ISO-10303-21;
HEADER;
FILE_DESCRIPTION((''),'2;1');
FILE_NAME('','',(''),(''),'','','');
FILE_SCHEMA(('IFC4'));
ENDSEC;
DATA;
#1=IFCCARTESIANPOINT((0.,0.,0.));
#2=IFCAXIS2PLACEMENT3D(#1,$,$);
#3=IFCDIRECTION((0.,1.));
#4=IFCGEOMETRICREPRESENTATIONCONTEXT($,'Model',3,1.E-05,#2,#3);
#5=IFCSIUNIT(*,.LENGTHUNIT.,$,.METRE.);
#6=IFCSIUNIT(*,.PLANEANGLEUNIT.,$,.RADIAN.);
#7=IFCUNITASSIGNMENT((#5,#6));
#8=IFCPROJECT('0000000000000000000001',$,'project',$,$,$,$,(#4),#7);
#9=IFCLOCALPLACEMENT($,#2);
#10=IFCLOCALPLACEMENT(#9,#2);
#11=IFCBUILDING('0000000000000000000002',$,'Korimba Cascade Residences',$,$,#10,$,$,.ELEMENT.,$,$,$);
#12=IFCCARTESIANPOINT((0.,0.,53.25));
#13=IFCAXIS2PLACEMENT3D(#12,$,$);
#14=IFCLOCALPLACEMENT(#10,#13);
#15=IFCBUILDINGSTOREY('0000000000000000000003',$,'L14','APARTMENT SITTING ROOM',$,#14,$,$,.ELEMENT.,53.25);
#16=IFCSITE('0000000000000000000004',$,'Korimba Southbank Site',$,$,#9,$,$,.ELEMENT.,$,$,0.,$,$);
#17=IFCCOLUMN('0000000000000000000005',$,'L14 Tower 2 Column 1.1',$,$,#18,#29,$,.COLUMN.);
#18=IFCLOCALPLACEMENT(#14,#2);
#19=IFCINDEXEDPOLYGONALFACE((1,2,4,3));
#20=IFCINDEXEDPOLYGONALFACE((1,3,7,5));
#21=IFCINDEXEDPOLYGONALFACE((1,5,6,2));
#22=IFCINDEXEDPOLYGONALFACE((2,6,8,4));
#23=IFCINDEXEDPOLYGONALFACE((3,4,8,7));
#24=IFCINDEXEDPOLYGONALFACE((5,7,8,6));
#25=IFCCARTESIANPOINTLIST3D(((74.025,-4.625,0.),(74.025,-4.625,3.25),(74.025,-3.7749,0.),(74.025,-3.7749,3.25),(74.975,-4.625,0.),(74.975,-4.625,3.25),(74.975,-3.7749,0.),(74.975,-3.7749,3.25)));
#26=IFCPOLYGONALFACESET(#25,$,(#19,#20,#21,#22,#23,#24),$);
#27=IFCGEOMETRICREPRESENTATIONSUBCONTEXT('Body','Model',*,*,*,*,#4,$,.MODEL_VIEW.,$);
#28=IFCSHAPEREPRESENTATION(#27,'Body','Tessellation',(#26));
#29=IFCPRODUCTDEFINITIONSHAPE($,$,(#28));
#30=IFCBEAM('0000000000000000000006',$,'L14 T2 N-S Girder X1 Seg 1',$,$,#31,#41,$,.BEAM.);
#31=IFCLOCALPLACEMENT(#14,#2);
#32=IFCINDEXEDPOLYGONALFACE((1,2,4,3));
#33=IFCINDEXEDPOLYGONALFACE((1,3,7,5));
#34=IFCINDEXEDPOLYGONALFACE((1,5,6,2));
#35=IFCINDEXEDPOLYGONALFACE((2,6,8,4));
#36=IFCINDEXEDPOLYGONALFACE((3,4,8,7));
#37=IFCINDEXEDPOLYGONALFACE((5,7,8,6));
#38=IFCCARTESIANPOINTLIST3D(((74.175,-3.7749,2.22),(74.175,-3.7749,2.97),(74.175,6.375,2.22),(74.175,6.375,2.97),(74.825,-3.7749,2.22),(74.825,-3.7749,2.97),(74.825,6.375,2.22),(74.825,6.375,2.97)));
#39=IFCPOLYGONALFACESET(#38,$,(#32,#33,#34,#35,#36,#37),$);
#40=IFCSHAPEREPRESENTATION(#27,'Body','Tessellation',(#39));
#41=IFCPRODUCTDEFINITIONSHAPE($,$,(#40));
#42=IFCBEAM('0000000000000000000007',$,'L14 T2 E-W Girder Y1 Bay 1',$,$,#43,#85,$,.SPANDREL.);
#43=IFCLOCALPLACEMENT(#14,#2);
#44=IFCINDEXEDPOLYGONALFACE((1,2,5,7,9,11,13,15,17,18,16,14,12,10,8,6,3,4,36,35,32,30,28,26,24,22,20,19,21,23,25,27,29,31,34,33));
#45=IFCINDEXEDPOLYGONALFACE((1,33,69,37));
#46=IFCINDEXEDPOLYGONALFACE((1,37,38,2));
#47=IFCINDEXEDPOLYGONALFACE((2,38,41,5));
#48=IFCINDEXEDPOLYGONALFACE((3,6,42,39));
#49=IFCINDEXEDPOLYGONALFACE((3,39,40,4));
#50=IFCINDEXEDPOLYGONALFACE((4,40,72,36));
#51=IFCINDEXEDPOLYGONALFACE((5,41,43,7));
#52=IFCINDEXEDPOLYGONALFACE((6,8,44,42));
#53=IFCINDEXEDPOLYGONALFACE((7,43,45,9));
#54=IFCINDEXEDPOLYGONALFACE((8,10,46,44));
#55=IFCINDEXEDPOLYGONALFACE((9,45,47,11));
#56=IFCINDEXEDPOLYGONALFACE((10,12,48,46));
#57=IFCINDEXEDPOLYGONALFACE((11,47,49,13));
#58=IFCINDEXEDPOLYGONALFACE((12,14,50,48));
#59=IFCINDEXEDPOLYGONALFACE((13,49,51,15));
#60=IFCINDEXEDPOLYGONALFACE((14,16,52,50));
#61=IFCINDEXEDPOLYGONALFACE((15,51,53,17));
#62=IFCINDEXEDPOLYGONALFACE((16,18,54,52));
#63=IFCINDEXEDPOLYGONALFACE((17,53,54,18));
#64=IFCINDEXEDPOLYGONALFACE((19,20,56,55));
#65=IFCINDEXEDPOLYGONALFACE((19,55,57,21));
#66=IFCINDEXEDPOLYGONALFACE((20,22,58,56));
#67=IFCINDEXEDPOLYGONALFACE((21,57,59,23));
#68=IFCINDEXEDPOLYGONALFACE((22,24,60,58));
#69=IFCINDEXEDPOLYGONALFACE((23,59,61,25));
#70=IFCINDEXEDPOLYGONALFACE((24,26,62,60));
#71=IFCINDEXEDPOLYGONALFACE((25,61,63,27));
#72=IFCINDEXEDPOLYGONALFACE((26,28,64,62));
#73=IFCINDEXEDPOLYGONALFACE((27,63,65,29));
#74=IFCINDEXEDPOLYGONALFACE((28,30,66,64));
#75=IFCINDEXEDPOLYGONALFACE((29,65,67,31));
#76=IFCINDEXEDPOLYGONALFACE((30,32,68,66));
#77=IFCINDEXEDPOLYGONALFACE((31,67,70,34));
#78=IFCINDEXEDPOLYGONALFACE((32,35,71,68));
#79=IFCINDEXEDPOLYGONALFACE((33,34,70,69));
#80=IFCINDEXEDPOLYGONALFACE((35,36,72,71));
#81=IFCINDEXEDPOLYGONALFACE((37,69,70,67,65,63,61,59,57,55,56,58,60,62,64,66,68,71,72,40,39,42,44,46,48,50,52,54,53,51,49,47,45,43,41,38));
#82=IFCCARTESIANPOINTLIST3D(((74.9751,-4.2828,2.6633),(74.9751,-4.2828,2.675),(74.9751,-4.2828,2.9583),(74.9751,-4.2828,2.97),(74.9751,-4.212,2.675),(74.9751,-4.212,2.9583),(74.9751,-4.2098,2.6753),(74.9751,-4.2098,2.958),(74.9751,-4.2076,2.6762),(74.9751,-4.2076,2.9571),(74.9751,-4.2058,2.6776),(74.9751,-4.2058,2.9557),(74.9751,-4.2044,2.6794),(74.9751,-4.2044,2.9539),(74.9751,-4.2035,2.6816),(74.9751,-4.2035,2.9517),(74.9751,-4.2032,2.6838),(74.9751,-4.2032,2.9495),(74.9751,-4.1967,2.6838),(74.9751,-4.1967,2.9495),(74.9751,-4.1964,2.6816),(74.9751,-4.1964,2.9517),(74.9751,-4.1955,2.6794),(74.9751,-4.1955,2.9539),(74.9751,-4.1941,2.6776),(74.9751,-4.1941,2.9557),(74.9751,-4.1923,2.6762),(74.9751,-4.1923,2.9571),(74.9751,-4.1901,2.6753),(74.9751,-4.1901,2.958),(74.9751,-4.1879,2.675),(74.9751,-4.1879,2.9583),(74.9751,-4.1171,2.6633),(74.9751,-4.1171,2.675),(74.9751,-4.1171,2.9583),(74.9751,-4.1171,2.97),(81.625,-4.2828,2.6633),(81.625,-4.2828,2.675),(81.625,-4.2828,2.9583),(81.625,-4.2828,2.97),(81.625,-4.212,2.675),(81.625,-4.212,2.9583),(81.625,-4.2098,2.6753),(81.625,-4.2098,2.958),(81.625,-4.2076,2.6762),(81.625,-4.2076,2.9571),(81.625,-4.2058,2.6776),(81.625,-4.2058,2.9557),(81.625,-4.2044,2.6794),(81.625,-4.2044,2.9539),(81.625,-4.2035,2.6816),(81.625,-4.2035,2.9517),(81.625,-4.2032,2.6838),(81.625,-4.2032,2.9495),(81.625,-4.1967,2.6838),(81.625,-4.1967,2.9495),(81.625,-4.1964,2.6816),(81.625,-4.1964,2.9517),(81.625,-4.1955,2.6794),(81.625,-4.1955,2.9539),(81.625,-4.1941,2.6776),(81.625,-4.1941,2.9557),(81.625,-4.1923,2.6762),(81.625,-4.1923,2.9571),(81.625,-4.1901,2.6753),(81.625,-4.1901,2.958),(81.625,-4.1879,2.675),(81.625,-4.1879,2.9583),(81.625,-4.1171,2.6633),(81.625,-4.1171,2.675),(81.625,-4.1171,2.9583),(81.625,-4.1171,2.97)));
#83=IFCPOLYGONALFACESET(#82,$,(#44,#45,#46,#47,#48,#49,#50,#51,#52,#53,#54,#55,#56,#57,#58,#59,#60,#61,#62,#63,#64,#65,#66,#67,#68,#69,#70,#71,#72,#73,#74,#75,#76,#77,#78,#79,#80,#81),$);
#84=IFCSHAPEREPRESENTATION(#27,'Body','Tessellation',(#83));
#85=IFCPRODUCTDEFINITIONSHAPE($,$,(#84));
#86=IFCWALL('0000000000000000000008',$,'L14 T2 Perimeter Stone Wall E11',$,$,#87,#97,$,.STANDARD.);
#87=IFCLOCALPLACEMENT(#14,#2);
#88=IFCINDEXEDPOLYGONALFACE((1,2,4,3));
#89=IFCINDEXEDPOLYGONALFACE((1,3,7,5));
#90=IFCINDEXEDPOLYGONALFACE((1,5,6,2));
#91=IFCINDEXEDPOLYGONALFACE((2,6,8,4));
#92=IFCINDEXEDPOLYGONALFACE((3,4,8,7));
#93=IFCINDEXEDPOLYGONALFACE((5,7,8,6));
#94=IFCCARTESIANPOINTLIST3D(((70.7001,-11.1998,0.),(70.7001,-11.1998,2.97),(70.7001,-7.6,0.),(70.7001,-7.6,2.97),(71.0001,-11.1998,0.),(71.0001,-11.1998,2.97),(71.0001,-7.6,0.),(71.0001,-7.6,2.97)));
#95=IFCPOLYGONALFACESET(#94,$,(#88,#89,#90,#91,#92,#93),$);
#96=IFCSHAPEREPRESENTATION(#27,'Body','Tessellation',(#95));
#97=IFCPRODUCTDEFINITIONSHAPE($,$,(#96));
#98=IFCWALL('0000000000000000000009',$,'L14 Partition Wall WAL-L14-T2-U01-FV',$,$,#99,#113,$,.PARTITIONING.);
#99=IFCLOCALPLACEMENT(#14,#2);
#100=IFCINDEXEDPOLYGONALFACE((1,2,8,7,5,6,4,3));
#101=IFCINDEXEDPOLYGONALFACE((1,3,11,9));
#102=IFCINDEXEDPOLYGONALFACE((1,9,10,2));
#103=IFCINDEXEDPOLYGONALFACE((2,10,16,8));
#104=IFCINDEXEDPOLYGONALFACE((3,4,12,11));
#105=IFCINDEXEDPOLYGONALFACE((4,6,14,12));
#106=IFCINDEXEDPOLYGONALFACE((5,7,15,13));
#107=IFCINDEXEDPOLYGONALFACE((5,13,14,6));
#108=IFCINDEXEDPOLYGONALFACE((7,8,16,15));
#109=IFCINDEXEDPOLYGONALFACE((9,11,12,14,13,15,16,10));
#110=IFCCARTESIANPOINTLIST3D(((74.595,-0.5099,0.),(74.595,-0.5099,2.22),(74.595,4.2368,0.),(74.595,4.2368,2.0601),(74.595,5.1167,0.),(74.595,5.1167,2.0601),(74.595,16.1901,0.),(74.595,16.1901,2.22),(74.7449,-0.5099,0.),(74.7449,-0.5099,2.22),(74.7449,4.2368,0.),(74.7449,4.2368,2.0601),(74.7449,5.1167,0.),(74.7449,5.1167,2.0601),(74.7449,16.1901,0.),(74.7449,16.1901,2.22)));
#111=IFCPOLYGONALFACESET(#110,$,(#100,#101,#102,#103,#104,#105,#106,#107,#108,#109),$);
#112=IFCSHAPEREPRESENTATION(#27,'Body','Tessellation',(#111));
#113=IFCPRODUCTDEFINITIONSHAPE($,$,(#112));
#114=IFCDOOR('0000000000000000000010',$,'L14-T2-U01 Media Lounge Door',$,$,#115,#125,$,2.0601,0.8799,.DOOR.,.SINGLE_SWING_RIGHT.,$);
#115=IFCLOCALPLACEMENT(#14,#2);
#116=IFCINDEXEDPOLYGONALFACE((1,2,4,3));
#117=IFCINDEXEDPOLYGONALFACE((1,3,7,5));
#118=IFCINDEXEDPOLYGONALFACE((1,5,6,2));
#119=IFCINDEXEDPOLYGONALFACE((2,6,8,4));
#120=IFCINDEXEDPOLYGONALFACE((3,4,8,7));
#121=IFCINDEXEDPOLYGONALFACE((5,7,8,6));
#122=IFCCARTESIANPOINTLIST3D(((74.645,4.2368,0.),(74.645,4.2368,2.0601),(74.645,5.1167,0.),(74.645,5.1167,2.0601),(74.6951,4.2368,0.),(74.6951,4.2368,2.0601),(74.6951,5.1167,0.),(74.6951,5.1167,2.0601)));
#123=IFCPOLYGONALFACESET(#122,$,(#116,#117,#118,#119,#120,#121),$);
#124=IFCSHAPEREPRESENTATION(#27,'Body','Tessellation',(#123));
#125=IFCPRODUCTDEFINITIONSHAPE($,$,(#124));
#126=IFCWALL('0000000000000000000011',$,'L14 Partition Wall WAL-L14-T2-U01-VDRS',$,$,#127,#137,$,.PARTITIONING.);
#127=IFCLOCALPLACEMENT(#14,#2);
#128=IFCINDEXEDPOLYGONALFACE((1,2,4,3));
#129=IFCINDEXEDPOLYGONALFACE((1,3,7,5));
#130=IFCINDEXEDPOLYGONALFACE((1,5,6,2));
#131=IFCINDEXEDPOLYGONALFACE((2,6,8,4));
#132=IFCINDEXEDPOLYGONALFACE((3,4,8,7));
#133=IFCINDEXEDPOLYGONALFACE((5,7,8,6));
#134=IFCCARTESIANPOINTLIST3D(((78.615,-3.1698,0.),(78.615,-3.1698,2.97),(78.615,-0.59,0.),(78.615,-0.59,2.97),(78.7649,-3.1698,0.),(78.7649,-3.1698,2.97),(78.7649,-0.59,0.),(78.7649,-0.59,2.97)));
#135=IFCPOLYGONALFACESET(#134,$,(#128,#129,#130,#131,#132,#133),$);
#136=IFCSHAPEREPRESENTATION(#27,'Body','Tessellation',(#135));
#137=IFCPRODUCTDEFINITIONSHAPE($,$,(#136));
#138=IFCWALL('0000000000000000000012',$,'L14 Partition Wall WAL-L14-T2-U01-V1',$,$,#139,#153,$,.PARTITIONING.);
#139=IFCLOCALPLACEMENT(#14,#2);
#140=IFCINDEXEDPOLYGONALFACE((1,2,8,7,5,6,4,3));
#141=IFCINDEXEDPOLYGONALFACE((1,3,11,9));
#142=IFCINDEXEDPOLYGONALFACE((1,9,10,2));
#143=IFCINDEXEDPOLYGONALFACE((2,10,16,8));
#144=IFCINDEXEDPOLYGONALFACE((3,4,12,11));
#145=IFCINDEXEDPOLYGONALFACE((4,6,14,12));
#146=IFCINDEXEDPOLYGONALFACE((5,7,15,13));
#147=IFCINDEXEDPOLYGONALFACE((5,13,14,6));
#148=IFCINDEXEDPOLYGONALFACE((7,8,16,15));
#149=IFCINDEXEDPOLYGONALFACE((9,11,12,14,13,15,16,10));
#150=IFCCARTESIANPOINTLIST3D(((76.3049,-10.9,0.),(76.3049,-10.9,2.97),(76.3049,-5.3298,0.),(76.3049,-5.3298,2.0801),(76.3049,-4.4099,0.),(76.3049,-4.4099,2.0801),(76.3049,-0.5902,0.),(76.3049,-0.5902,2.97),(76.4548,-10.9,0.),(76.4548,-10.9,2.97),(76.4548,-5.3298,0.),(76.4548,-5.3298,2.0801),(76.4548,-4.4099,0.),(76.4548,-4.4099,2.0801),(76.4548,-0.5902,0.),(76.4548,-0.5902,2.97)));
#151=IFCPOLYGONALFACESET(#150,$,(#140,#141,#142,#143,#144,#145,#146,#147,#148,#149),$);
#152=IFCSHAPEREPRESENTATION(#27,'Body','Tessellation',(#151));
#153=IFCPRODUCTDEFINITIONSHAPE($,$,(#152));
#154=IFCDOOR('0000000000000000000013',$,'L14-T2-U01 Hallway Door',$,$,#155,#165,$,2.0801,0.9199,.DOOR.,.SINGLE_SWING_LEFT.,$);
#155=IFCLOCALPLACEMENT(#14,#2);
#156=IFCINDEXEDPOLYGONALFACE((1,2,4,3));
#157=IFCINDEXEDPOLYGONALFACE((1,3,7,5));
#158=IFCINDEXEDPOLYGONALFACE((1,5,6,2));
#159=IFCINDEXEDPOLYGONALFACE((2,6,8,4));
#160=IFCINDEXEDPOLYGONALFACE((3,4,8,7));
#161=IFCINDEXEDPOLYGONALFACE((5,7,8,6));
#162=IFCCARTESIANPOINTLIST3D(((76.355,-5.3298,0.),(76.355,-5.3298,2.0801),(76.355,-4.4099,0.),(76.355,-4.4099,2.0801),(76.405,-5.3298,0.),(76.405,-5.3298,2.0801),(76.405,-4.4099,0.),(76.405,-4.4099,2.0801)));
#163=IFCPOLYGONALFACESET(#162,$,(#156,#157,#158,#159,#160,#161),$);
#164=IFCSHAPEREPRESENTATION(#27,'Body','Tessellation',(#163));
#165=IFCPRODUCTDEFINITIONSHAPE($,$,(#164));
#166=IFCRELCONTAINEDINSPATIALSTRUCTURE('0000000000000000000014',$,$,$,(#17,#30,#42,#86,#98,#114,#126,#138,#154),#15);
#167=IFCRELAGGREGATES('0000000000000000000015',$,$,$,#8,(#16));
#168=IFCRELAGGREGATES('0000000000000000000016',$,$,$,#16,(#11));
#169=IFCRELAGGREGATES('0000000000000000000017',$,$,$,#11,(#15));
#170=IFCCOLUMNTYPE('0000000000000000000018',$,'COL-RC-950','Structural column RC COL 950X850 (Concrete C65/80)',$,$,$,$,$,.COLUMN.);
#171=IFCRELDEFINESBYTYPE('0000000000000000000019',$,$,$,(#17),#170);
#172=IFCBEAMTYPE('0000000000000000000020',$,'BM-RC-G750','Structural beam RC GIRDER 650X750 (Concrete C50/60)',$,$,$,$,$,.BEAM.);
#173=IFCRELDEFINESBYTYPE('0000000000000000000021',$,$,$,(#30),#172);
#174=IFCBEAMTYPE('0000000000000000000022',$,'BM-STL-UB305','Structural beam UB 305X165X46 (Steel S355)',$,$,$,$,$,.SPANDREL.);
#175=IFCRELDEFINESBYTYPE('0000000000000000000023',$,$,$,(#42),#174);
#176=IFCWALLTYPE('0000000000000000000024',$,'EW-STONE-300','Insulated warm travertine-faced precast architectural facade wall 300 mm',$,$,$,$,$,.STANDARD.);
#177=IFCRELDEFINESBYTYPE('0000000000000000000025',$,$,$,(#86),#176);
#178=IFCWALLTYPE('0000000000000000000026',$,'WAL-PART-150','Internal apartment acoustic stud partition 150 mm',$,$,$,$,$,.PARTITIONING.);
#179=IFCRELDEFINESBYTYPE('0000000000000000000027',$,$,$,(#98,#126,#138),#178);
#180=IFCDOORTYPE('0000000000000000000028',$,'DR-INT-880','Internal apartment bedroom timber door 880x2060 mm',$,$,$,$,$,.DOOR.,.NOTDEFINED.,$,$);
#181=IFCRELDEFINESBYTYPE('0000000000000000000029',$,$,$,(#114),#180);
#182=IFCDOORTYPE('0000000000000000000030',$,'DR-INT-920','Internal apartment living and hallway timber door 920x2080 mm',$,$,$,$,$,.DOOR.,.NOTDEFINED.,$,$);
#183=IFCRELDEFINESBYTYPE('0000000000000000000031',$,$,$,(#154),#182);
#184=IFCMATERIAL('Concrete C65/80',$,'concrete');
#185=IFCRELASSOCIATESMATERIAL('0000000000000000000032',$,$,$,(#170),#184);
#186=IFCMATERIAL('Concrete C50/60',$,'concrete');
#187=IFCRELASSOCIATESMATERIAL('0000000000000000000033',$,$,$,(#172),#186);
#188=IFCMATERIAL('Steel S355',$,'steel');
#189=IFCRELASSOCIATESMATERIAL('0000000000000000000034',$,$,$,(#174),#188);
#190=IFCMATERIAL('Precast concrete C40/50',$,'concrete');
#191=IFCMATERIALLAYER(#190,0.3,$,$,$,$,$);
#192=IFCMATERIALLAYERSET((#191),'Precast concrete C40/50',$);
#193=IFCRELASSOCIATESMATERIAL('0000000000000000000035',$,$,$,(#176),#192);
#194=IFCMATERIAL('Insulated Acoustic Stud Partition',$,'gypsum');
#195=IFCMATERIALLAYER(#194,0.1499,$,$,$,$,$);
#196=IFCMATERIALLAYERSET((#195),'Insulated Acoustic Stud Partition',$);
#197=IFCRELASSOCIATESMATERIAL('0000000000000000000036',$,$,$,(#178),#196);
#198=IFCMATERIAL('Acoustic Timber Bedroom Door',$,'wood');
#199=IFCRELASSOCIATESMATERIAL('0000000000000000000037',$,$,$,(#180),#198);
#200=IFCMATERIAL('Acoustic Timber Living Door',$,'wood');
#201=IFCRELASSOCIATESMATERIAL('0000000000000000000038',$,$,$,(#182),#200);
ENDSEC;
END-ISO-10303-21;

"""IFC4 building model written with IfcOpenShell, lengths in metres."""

from ifc_helpers import new_model, si_unit, direction, frame, frame_2d, origin, origin_2d, place, context, subcontext, project, spatial, rectangle, i_section, extrude, material, layer, layer_set, material_profile, profile_set, type_object, element, fill, save


model = new_model("IFC4")

# Units and contexts
model_context = context("Model", 3, precision=1e-05, world=origin(), true_north=direction((0.0, 1.0)))
body_context = subcontext(model_context, "Body", "Model", "MODEL_VIEW")
ifc_project = project(units=[si_unit("LENGTHUNIT", "METRE"), si_unit("PLANEANGLEUNIT", "RADIAN")], contexts=[model_context])

# Site, building, storey
site_placement = place(None, origin())
site = spatial("IfcSite", under=ifc_project, at=site_placement, Name="Korimba Southbank Site", CompositionType="ELEMENT", RefElevation=0.0)
building_placement = place(site_placement, origin())
building = spatial("IfcBuilding", under=site, at=building_placement, Name="Korimba Cascade Residences", CompositionType="ELEMENT")
storey_placement = place(building_placement, frame((0.0, 0.0, 53.25)))
storey = spatial("IfcBuildingStorey", under=building, at=storey_placement, Name="L14", Description="APARTMENT SITTING ROOM", CompositionType="ELEMENT", Elevation=53.25)

# Column
ifc_material_1 = material(Name="Concrete C65/80", Category="concrete")
ifc_material_profile_1 = material_profile(ifc_material_1, rectangle(XDim=0.95, YDim=0.8501, at=origin_2d()), Name="Concrete C65/80")
ifc_profile_set_1 = profile_set([ifc_material_profile_1], Name="Concrete C65/80")
column_type = type_object("IfcColumnType", Name="COL-RC-950", Description="Structural column RC COL 950X850 (Concrete C65/80)", PredefinedType="COLUMN", material=ifc_profile_set_1)
column_placement = place(storey_placement, frame((74.5, -4.2, 0.0), z_axis=(0.0, 0.0, 1.0), x_axis=(1.0, 0.0, 0.0)))
element("IfcColumn", 1, at=column_placement, inside=storey, type_object=column_type, Name="L14 Tower 2 Column 1.1", PredefinedType="COLUMN", context=body_context, shape_type="SweptSolid", body=[
    extrude(rectangle(XDim=0.95, YDim=0.8501, at=origin_2d()), origin(), (0.0, 0.0, 1.0), 3.25),
])

# Beams
ifc_material_2 = material(Name="Concrete C50/60", Category="concrete")
ifc_material_profile_2 = material_profile(ifc_material_2, rectangle(XDim=0.6499, YDim=0.75, at=origin_2d()), Name="Concrete C50/60")
ifc_profile_set_2 = profile_set([ifc_material_profile_2], Name="Concrete C50/60")
beam_type_1 = type_object("IfcBeamType", Name="BM-RC-G750", Description="Structural beam RC GIRDER 650X750 (Concrete C50/60)", PredefinedType="BEAM", material=ifc_profile_set_2)
beam_1_placement = place(storey_placement, frame((74.5, -3.7749, 2.595), z_axis=(0.0, 1.0, 0.0), x_axis=(-1.0, 0.0, 0.0)))
element("IfcBeam", 2, at=beam_1_placement, inside=storey, type_object=beam_type_1, Name="L14 T2 N-S Girder X1 Seg 1", PredefinedType="BEAM", context=body_context, shape_type="SweptSolid", body=[
    extrude(rectangle(XDim=0.6499, YDim=0.75, at=origin_2d()), origin(), (0.0, 0.0, 1.0), 10.1499),
])
ifc_material_3 = material(Name="Steel S355", Category="steel")
ifc_material_profile_3 = material_profile(ifc_material_3, i_section(OverallWidth=0.1658, OverallDepth=0.3066, WebThickness=0.0066, FlangeThickness=0.0117, FilletRadius=0.0088, at=origin_2d()), Name="Steel S355")
ifc_profile_set_3 = profile_set([ifc_material_profile_3], Name="Steel S355")
beam_type_2 = type_object("IfcBeamType", Name="BM-STL-UB305", Description="Structural beam UB 305X165X46 (Steel S355)", PredefinedType="SPANDREL", material=ifc_profile_set_3)
beam_2_placement = place(storey_placement, frame((74.9751, -4.2, 2.8167), z_axis=(1.0, 0.0, 0.0), x_axis=(0.0, 1.0, 0.0)))
element("IfcBeam", 3, at=beam_2_placement, inside=storey, type_object=beam_type_2, Name="L14 T2 E-W Girder Y1 Bay 1", PredefinedType="SPANDREL", context=body_context, shape_type="SweptSolid", body=[
    extrude(i_section(OverallWidth=0.1658, OverallDepth=0.3066, WebThickness=0.0066, FlangeThickness=0.0117, FilletRadius=0.0088, at=origin_2d()), origin(), (0.0, 0.0, 1.0), 6.6499),
])

# Wall
ifc_material_4 = material(Name="Precast concrete C40/50", Category="concrete")
ifc_layer_1 = layer(ifc_material_4, 0.3)
ifc_layer_set_1 = layer_set([ifc_layer_1], Name="Precast concrete C40/50")
wall_type_1 = type_object("IfcWallType", Name="EW-STONE-300", Description="Insulated warm travertine-faced precast architectural facade wall 300 mm", PredefinedType="STANDARD", material=ifc_layer_set_1)
wall_1_placement = place(storey_placement, frame((70.8501, -7.6001, 0.0), z_axis=(0.0, 0.0, 1.0), x_axis=(0.0, -1.0, 0.0)))
element("IfcWall", 4, at=wall_1_placement, inside=storey, type_object=wall_type_1, Name="L14 T2 Perimeter Stone Wall E11", PredefinedType="STANDARD", context=body_context, shape_type="SweptSolid", body=[
    extrude(rectangle(XDim=3.5999, YDim=0.3, at=frame_2d((1.7998, 0.0))), origin(), (0.0, 0.0, 1.0), 2.97),
])

# Wall, opening, door
ifc_material_5 = material(Name="Insulated Acoustic Stud Partition", Category="gypsum")
ifc_layer_2 = layer(ifc_material_5, 0.1499)
ifc_layer_set_2 = layer_set([ifc_layer_2], Name="Insulated Acoustic Stud Partition")
wall_type_2 = type_object("IfcWallType", Name="WAL-PART-150", Description="Internal apartment acoustic stud partition 150 mm", PredefinedType="PARTITIONING", material=ifc_layer_set_2)
wall_2_placement = place(storey_placement, frame((74.6699, -0.51, 0.0), z_axis=(0.0, 0.0, 1.0), x_axis=(0.0, 1.0, 0.0)))
wall_2 = element("IfcWall", 5, at=wall_2_placement, inside=storey, type_object=wall_type_2, Name="L14 Partition Wall WAL-L14-T2-U01-FV", PredefinedType="PARTITIONING", context=body_context, shape_type="SweptSolid", body=[
    extrude(rectangle(XDim=16.7, YDim=0.1499, at=frame_2d((8.3501, 0.0))), origin(), (0.0, 0.0, 1.0), 2.22),
])
opening_1_placement = place(wall_2_placement, frame((4.7468, 0.0, 0.0)))
opening_1 = element("IfcOpeningElement", 6, at=opening_1_placement, cuts=wall_2, PredefinedType="OPENING", context=body_context, shape_type="SweptSolid", body=[
    extrude(rectangle(XDim=0.8799, YDim=2.0601, at=frame_2d((0.4399, 1.03))), frame((0.0, 0.085, 0.0), z_axis=(0.0, -1.0, 0.0), x_axis=(1.0, 0.0, 0.0)), (0.0, 0.0, 1.0), 0.1699),
])
ifc_material_6 = material(Name="Acoustic Timber Bedroom Door", Category="wood")
door_type_1 = type_object("IfcDoorType", Name="DR-INT-880", Description="Internal apartment bedroom timber door 880x2060 mm", OperationType="NOTDEFINED", PredefinedType="DOOR", material=ifc_material_6)
door_1_placement = place(opening_1_placement, origin())
door_1 = element("IfcDoor", 7, at=door_1_placement, inside=storey, type_object=door_type_1, Name="L14-T2-U01 Media Lounge Door", OperationType="SINGLE_SWING_RIGHT", OverallHeight=2.0601, OverallWidth=0.8799, PredefinedType="DOOR", context=body_context, shape_type="SweptSolid", body=[
    extrude(rectangle(XDim=0.8799, YDim=2.0601, at=frame_2d((0.4399, 1.03))), frame((0.0, 0.0249, 0.0), z_axis=(0.0, -1.0, 0.0), x_axis=(1.0, 0.0, 0.0)), (0.0, 0.0, 1.0), 0.05),
])
fill(opening_1, door_1)

# Wall
wall_3_placement = place(storey_placement, frame((78.6899, -3.1699, 0.0), z_axis=(0.0, 0.0, 1.0), x_axis=(0.0, 1.0, 0.0)))
element("IfcWall", 8, at=wall_3_placement, inside=storey, type_object=wall_type_2, Name="L14 Partition Wall WAL-L14-T2-U01-VDRS", PredefinedType="PARTITIONING", context=body_context, shape_type="SweptSolid", body=[
    extrude(rectangle(XDim=2.5798, YDim=0.1499, at=frame_2d((1.29, 0.0))), origin(), (0.0, 0.0, 1.0), 2.97),
])

# Wall, opening, door
wall_4_placement = place(storey_placement, frame((76.3799, -10.8999, 0.0), z_axis=(0.0, 0.0, 1.0), x_axis=(0.0, 1.0, 0.0)))
wall_4 = element("IfcWall", 9, at=wall_4_placement, inside=storey, type_object=wall_type_2, Name="L14 Partition Wall WAL-L14-T2-U01-V1", PredefinedType="PARTITIONING", context=body_context, shape_type="SweptSolid", body=[
    extrude(rectangle(XDim=10.3098, YDim=0.1499, at=frame_2d((5.1548, 0.0))), origin(), (0.0, 0.0, 1.0), 2.97),
])
opening_2_placement = place(wall_4_placement, frame((5.5701, 0.0, 0.0)))
opening_2 = element("IfcOpeningElement", 10, at=opening_2_placement, cuts=wall_4, PredefinedType="OPENING", context=body_context, shape_type="SweptSolid", body=[
    extrude(rectangle(XDim=0.9199, YDim=2.0801, at=frame_2d((0.46, 1.04))), frame((0.0, 0.085, 0.0), z_axis=(0.0, -1.0, 0.0), x_axis=(1.0, 0.0, 0.0)), (0.0, 0.0, 1.0), 0.1699),
])
ifc_material_7 = material(Name="Acoustic Timber Living Door", Category="wood")
door_type_2 = type_object("IfcDoorType", Name="DR-INT-920", Description="Internal apartment living and hallway timber door 920x2080 mm", OperationType="NOTDEFINED", PredefinedType="DOOR", material=ifc_material_7)
door_2_placement = place(opening_2_placement, origin())
door_2 = element("IfcDoor", 11, at=door_2_placement, inside=storey, type_object=door_type_2, Name="L14-T2-U01 Hallway Door", OperationType="SINGLE_SWING_LEFT", OverallHeight=2.0801, OverallWidth=0.9199, PredefinedType="DOOR", context=body_context, shape_type="SweptSolid", body=[
    extrude(rectangle(XDim=0.9199, YDim=2.0801, at=frame_2d((0.46, 1.04))), frame((0.0, 0.0249, 0.0), z_axis=(0.0, -1.0, 0.0), x_axis=(1.0, 0.0, 0.0)), (0.0, 0.0, 1.0), 0.05),
])
fill(opening_2, door_2)

save(model, "model.ifc")
